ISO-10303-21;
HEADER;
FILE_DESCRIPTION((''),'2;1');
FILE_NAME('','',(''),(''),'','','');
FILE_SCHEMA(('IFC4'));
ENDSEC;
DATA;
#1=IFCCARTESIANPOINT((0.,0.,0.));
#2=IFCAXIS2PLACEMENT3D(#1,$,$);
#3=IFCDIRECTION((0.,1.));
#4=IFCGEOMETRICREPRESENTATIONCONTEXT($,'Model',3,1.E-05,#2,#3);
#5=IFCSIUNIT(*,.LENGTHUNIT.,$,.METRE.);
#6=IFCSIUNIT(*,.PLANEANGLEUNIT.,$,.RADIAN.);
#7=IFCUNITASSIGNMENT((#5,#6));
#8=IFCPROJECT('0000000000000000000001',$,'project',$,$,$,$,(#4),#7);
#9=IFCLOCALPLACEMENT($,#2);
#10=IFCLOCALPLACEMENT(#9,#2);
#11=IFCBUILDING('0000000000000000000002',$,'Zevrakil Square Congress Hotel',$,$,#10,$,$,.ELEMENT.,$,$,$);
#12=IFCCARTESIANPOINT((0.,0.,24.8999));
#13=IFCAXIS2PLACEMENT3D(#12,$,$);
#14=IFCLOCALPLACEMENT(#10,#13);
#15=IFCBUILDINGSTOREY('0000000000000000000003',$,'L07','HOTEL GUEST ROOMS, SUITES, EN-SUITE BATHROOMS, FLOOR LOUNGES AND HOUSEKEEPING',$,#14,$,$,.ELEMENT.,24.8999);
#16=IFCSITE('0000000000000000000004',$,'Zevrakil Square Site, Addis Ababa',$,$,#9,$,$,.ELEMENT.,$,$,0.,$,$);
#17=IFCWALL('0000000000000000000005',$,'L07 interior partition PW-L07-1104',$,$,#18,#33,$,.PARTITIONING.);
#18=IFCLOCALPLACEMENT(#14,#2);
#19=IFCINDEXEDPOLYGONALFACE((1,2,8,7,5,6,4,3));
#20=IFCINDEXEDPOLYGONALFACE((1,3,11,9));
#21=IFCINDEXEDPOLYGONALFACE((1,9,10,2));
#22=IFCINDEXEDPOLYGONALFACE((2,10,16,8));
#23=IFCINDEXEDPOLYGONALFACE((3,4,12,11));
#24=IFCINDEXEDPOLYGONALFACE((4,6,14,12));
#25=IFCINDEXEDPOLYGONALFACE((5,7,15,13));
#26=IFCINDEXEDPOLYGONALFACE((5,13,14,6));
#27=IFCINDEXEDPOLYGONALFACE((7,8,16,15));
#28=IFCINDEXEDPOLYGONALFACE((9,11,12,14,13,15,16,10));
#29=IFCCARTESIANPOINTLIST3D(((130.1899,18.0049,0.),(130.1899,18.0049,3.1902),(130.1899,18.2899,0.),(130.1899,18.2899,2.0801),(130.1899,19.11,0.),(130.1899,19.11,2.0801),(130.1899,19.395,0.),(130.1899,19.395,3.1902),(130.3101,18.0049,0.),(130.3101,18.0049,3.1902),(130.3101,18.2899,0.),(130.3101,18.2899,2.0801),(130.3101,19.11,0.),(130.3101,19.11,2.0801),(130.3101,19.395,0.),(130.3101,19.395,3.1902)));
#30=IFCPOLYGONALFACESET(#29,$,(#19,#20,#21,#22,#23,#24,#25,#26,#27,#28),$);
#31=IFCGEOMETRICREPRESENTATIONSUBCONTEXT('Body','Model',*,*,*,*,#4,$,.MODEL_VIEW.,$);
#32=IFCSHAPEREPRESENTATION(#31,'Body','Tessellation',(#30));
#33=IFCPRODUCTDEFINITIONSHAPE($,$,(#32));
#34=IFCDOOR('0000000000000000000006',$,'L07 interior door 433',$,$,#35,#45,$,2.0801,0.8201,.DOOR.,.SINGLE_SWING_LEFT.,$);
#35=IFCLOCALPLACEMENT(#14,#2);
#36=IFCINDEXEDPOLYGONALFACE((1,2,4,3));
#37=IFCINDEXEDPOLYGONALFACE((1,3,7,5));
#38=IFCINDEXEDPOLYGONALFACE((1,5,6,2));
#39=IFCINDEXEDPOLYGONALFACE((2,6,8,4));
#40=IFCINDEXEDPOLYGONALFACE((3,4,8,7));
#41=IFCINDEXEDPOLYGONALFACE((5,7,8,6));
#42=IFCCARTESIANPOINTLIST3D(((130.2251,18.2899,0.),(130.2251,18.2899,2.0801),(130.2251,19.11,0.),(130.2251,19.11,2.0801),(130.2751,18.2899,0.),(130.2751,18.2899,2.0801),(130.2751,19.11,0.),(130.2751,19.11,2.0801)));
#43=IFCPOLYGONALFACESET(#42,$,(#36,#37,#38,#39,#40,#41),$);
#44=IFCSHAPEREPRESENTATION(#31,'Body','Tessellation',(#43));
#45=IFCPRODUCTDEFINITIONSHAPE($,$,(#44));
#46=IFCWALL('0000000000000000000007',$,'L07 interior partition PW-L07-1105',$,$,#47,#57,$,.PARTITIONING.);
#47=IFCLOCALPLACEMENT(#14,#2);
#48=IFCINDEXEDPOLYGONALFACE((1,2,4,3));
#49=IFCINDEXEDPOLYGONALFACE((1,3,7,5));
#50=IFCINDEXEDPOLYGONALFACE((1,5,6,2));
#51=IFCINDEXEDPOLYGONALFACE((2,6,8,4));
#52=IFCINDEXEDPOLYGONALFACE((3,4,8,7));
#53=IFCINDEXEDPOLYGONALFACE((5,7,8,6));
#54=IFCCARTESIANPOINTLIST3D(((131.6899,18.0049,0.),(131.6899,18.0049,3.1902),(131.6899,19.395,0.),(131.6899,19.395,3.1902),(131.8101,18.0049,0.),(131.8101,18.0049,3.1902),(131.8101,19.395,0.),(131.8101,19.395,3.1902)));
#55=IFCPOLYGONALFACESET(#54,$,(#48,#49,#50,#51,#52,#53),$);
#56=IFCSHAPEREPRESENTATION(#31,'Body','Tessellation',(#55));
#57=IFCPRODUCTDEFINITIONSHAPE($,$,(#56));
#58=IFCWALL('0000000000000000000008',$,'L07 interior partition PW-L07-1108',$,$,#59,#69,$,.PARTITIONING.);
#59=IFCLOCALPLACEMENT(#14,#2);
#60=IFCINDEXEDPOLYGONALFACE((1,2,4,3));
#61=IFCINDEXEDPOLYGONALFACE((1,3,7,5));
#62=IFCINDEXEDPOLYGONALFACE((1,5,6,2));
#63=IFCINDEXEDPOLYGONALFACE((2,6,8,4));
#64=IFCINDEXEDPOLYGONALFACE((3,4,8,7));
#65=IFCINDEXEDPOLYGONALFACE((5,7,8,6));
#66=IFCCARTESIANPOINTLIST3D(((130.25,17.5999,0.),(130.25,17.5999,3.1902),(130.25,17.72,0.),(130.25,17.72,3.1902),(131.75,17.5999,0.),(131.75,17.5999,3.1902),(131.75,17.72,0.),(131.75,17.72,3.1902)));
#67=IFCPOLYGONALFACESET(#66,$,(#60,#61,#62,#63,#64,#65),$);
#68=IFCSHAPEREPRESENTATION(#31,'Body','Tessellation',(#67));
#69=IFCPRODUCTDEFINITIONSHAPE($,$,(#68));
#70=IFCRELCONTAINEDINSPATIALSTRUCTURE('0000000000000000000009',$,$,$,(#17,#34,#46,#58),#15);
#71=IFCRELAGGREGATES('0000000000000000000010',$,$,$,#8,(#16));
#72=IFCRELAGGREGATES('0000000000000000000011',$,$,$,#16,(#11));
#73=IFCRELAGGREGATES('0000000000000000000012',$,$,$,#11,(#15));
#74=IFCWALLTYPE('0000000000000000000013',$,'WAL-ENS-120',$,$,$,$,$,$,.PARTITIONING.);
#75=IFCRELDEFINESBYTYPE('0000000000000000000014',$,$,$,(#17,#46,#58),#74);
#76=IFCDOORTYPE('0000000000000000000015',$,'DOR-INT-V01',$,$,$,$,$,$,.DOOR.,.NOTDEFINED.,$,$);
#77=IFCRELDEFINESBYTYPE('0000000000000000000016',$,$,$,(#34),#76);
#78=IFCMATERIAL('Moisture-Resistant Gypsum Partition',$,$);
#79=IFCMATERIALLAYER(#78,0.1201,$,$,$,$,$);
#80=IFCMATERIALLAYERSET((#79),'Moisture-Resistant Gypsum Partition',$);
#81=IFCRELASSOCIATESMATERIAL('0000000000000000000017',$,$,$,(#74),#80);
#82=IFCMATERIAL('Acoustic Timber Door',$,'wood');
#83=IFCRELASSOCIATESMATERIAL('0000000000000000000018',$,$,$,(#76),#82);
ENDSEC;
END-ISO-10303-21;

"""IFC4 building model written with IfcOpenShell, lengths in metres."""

from ifc_helpers import new_model, si_unit, direction, frame, frame_2d, origin, place, context, subcontext, project, spatial, rectangle, extrude, material, layer, layer_set, type_object, element, fill, save


model = new_model("IFC4")

# Units and contexts
model_context = context("Model", 3, precision=1e-05, world=origin(), true_north=direction((0.0, 1.0)))
body_context = subcontext(model_context, "Body", "Model", "MODEL_VIEW")
ifc_project = project(units=[si_unit("LENGTHUNIT", "METRE"), si_unit("PLANEANGLEUNIT", "RADIAN")], contexts=[model_context])

# Site, building, storey
site_placement = place(None, origin())
site = spatial("IfcSite", under=ifc_project, at=site_placement, Name="Zevrakil Square Site, Addis Ababa", CompositionType="ELEMENT", RefElevation=0.0)
building_placement = place(site_placement, origin())
building = spatial("IfcBuilding", under=site, at=building_placement, Name="Zevrakil Square Congress Hotel", CompositionType="ELEMENT")
storey_placement = place(building_placement, frame((0.0, 0.0, 24.8999)))
storey = spatial("IfcBuildingStorey", under=building, at=storey_placement, Name="L07", Description="HOTEL GUEST ROOMS, SUITES, EN-SUITE BATHROOMS, FLOOR LOUNGES AND HOUSEKEEPING", CompositionType="ELEMENT", Elevation=24.8999)

# Shared definitions
ifc_material_1 = material(Name="Moisture-Resistant Gypsum Partition")
ifc_layer = layer(ifc_material_1, 0.1201)
ifc_layer_set = layer_set([ifc_layer], Name="Moisture-Resistant Gypsum Partition")
wall_type = type_object("IfcWallType", Name="WAL-ENS-120", PredefinedType="PARTITIONING", material=ifc_layer_set)

# Shared definitions
ifc_material_2 = material(Name="Acoustic Timber Door", Category="wood")
door_type = type_object("IfcDoorType", Name="DOR-INT-V01", OperationType="NOTDEFINED", PredefinedType="DOOR", material=ifc_material_2)

# Wall, opening, door
wall_1_placement = place(storey_placement, frame((130.25, 18.0049, 0.0), z_axis=(0.0, 0.0, 1.0), x_axis=(0.0, 1.0, 0.0)))
wall_1 = element("IfcWall", 1, at=wall_1_placement, inside=storey, type_object=wall_type, Name="L07 interior partition PW-L07-1104", PredefinedType="PARTITIONING", context=body_context, shape_type="SweptSolid", body=[
    extrude(rectangle(XDim=1.3901, YDim=0.1201, at=frame_2d((0.6951, 0.0))), origin(), (0.0, 0.0, 1.0), 3.1902),
])
opening_1_placement = place(wall_1_placement, frame((0.2849, 0.0, 0.0)))
opening_1 = element("IfcOpeningElement", 2, at=opening_1_placement, cuts=wall_1, PredefinedType="OPENING", context=body_context, shape_type="SweptSolid", body=[
    extrude(rectangle(XDim=0.8201, YDim=2.0801, at=frame_2d((0.4102, 1.04))), frame((0.0, 0.0701, 0.0), z_axis=(0.0, -1.0, 0.0), x_axis=(1.0, 0.0, 0.0)), (0.0, 0.0, 1.0), 0.1401),
])
door_1_placement = place(opening_1_placement, origin())
door_1 = element("IfcDoor", 3, at=door_1_placement, inside=storey, type_object=door_type, Name="L07 interior door 433", OperationType="SINGLE_SWING_LEFT", OverallHeight=2.0801, OverallWidth=0.8201, PredefinedType="DOOR", context=body_context, shape_type="SweptSolid", body=[
    extrude(rectangle(XDim=0.8201, YDim=2.0801, at=frame_2d((0.4102, 1.04))), frame((0.0, 0.0249, 0.0), z_axis=(0.0, -1.0, 0.0), x_axis=(1.0, 0.0, 0.0)), (0.0, 0.0, 1.0), 0.05),
])
fill(opening_1, door_1)

# Walls
wall_2_placement = place(storey_placement, frame((131.75, 18.0049, 0.0), z_axis=(0.0, 0.0, 1.0), x_axis=(0.0, 1.0, 0.0)))
element("IfcWall", 4, at=wall_2_placement, inside=storey, type_object=wall_type, Name="L07 interior partition PW-L07-1105", PredefinedType="PARTITIONING", context=body_context, shape_type="SweptSolid", body=[
    extrude(rectangle(XDim=1.3901, YDim=0.1201, at=frame_2d((0.6951, 0.0))), origin(), (0.0, 0.0, 1.0), 3.1902),
])
wall_3_placement = place(storey_placement, frame((130.25, 17.6599, 0.0), z_axis=(0.0, 0.0, 1.0), x_axis=(1.0, 0.0, 0.0)))
element("IfcWall", 5, at=wall_3_placement, inside=storey, type_object=wall_type, Name="L07 interior partition PW-L07-1108", PredefinedType="PARTITIONING", context=body_context, shape_type="SweptSolid", body=[
    extrude(rectangle(XDim=1.5, YDim=0.1201, at=frame_2d((0.75, 0.0))), origin(), (0.0, 0.0, 1.0), 3.1902),
])

save(model, "model.ifc")
